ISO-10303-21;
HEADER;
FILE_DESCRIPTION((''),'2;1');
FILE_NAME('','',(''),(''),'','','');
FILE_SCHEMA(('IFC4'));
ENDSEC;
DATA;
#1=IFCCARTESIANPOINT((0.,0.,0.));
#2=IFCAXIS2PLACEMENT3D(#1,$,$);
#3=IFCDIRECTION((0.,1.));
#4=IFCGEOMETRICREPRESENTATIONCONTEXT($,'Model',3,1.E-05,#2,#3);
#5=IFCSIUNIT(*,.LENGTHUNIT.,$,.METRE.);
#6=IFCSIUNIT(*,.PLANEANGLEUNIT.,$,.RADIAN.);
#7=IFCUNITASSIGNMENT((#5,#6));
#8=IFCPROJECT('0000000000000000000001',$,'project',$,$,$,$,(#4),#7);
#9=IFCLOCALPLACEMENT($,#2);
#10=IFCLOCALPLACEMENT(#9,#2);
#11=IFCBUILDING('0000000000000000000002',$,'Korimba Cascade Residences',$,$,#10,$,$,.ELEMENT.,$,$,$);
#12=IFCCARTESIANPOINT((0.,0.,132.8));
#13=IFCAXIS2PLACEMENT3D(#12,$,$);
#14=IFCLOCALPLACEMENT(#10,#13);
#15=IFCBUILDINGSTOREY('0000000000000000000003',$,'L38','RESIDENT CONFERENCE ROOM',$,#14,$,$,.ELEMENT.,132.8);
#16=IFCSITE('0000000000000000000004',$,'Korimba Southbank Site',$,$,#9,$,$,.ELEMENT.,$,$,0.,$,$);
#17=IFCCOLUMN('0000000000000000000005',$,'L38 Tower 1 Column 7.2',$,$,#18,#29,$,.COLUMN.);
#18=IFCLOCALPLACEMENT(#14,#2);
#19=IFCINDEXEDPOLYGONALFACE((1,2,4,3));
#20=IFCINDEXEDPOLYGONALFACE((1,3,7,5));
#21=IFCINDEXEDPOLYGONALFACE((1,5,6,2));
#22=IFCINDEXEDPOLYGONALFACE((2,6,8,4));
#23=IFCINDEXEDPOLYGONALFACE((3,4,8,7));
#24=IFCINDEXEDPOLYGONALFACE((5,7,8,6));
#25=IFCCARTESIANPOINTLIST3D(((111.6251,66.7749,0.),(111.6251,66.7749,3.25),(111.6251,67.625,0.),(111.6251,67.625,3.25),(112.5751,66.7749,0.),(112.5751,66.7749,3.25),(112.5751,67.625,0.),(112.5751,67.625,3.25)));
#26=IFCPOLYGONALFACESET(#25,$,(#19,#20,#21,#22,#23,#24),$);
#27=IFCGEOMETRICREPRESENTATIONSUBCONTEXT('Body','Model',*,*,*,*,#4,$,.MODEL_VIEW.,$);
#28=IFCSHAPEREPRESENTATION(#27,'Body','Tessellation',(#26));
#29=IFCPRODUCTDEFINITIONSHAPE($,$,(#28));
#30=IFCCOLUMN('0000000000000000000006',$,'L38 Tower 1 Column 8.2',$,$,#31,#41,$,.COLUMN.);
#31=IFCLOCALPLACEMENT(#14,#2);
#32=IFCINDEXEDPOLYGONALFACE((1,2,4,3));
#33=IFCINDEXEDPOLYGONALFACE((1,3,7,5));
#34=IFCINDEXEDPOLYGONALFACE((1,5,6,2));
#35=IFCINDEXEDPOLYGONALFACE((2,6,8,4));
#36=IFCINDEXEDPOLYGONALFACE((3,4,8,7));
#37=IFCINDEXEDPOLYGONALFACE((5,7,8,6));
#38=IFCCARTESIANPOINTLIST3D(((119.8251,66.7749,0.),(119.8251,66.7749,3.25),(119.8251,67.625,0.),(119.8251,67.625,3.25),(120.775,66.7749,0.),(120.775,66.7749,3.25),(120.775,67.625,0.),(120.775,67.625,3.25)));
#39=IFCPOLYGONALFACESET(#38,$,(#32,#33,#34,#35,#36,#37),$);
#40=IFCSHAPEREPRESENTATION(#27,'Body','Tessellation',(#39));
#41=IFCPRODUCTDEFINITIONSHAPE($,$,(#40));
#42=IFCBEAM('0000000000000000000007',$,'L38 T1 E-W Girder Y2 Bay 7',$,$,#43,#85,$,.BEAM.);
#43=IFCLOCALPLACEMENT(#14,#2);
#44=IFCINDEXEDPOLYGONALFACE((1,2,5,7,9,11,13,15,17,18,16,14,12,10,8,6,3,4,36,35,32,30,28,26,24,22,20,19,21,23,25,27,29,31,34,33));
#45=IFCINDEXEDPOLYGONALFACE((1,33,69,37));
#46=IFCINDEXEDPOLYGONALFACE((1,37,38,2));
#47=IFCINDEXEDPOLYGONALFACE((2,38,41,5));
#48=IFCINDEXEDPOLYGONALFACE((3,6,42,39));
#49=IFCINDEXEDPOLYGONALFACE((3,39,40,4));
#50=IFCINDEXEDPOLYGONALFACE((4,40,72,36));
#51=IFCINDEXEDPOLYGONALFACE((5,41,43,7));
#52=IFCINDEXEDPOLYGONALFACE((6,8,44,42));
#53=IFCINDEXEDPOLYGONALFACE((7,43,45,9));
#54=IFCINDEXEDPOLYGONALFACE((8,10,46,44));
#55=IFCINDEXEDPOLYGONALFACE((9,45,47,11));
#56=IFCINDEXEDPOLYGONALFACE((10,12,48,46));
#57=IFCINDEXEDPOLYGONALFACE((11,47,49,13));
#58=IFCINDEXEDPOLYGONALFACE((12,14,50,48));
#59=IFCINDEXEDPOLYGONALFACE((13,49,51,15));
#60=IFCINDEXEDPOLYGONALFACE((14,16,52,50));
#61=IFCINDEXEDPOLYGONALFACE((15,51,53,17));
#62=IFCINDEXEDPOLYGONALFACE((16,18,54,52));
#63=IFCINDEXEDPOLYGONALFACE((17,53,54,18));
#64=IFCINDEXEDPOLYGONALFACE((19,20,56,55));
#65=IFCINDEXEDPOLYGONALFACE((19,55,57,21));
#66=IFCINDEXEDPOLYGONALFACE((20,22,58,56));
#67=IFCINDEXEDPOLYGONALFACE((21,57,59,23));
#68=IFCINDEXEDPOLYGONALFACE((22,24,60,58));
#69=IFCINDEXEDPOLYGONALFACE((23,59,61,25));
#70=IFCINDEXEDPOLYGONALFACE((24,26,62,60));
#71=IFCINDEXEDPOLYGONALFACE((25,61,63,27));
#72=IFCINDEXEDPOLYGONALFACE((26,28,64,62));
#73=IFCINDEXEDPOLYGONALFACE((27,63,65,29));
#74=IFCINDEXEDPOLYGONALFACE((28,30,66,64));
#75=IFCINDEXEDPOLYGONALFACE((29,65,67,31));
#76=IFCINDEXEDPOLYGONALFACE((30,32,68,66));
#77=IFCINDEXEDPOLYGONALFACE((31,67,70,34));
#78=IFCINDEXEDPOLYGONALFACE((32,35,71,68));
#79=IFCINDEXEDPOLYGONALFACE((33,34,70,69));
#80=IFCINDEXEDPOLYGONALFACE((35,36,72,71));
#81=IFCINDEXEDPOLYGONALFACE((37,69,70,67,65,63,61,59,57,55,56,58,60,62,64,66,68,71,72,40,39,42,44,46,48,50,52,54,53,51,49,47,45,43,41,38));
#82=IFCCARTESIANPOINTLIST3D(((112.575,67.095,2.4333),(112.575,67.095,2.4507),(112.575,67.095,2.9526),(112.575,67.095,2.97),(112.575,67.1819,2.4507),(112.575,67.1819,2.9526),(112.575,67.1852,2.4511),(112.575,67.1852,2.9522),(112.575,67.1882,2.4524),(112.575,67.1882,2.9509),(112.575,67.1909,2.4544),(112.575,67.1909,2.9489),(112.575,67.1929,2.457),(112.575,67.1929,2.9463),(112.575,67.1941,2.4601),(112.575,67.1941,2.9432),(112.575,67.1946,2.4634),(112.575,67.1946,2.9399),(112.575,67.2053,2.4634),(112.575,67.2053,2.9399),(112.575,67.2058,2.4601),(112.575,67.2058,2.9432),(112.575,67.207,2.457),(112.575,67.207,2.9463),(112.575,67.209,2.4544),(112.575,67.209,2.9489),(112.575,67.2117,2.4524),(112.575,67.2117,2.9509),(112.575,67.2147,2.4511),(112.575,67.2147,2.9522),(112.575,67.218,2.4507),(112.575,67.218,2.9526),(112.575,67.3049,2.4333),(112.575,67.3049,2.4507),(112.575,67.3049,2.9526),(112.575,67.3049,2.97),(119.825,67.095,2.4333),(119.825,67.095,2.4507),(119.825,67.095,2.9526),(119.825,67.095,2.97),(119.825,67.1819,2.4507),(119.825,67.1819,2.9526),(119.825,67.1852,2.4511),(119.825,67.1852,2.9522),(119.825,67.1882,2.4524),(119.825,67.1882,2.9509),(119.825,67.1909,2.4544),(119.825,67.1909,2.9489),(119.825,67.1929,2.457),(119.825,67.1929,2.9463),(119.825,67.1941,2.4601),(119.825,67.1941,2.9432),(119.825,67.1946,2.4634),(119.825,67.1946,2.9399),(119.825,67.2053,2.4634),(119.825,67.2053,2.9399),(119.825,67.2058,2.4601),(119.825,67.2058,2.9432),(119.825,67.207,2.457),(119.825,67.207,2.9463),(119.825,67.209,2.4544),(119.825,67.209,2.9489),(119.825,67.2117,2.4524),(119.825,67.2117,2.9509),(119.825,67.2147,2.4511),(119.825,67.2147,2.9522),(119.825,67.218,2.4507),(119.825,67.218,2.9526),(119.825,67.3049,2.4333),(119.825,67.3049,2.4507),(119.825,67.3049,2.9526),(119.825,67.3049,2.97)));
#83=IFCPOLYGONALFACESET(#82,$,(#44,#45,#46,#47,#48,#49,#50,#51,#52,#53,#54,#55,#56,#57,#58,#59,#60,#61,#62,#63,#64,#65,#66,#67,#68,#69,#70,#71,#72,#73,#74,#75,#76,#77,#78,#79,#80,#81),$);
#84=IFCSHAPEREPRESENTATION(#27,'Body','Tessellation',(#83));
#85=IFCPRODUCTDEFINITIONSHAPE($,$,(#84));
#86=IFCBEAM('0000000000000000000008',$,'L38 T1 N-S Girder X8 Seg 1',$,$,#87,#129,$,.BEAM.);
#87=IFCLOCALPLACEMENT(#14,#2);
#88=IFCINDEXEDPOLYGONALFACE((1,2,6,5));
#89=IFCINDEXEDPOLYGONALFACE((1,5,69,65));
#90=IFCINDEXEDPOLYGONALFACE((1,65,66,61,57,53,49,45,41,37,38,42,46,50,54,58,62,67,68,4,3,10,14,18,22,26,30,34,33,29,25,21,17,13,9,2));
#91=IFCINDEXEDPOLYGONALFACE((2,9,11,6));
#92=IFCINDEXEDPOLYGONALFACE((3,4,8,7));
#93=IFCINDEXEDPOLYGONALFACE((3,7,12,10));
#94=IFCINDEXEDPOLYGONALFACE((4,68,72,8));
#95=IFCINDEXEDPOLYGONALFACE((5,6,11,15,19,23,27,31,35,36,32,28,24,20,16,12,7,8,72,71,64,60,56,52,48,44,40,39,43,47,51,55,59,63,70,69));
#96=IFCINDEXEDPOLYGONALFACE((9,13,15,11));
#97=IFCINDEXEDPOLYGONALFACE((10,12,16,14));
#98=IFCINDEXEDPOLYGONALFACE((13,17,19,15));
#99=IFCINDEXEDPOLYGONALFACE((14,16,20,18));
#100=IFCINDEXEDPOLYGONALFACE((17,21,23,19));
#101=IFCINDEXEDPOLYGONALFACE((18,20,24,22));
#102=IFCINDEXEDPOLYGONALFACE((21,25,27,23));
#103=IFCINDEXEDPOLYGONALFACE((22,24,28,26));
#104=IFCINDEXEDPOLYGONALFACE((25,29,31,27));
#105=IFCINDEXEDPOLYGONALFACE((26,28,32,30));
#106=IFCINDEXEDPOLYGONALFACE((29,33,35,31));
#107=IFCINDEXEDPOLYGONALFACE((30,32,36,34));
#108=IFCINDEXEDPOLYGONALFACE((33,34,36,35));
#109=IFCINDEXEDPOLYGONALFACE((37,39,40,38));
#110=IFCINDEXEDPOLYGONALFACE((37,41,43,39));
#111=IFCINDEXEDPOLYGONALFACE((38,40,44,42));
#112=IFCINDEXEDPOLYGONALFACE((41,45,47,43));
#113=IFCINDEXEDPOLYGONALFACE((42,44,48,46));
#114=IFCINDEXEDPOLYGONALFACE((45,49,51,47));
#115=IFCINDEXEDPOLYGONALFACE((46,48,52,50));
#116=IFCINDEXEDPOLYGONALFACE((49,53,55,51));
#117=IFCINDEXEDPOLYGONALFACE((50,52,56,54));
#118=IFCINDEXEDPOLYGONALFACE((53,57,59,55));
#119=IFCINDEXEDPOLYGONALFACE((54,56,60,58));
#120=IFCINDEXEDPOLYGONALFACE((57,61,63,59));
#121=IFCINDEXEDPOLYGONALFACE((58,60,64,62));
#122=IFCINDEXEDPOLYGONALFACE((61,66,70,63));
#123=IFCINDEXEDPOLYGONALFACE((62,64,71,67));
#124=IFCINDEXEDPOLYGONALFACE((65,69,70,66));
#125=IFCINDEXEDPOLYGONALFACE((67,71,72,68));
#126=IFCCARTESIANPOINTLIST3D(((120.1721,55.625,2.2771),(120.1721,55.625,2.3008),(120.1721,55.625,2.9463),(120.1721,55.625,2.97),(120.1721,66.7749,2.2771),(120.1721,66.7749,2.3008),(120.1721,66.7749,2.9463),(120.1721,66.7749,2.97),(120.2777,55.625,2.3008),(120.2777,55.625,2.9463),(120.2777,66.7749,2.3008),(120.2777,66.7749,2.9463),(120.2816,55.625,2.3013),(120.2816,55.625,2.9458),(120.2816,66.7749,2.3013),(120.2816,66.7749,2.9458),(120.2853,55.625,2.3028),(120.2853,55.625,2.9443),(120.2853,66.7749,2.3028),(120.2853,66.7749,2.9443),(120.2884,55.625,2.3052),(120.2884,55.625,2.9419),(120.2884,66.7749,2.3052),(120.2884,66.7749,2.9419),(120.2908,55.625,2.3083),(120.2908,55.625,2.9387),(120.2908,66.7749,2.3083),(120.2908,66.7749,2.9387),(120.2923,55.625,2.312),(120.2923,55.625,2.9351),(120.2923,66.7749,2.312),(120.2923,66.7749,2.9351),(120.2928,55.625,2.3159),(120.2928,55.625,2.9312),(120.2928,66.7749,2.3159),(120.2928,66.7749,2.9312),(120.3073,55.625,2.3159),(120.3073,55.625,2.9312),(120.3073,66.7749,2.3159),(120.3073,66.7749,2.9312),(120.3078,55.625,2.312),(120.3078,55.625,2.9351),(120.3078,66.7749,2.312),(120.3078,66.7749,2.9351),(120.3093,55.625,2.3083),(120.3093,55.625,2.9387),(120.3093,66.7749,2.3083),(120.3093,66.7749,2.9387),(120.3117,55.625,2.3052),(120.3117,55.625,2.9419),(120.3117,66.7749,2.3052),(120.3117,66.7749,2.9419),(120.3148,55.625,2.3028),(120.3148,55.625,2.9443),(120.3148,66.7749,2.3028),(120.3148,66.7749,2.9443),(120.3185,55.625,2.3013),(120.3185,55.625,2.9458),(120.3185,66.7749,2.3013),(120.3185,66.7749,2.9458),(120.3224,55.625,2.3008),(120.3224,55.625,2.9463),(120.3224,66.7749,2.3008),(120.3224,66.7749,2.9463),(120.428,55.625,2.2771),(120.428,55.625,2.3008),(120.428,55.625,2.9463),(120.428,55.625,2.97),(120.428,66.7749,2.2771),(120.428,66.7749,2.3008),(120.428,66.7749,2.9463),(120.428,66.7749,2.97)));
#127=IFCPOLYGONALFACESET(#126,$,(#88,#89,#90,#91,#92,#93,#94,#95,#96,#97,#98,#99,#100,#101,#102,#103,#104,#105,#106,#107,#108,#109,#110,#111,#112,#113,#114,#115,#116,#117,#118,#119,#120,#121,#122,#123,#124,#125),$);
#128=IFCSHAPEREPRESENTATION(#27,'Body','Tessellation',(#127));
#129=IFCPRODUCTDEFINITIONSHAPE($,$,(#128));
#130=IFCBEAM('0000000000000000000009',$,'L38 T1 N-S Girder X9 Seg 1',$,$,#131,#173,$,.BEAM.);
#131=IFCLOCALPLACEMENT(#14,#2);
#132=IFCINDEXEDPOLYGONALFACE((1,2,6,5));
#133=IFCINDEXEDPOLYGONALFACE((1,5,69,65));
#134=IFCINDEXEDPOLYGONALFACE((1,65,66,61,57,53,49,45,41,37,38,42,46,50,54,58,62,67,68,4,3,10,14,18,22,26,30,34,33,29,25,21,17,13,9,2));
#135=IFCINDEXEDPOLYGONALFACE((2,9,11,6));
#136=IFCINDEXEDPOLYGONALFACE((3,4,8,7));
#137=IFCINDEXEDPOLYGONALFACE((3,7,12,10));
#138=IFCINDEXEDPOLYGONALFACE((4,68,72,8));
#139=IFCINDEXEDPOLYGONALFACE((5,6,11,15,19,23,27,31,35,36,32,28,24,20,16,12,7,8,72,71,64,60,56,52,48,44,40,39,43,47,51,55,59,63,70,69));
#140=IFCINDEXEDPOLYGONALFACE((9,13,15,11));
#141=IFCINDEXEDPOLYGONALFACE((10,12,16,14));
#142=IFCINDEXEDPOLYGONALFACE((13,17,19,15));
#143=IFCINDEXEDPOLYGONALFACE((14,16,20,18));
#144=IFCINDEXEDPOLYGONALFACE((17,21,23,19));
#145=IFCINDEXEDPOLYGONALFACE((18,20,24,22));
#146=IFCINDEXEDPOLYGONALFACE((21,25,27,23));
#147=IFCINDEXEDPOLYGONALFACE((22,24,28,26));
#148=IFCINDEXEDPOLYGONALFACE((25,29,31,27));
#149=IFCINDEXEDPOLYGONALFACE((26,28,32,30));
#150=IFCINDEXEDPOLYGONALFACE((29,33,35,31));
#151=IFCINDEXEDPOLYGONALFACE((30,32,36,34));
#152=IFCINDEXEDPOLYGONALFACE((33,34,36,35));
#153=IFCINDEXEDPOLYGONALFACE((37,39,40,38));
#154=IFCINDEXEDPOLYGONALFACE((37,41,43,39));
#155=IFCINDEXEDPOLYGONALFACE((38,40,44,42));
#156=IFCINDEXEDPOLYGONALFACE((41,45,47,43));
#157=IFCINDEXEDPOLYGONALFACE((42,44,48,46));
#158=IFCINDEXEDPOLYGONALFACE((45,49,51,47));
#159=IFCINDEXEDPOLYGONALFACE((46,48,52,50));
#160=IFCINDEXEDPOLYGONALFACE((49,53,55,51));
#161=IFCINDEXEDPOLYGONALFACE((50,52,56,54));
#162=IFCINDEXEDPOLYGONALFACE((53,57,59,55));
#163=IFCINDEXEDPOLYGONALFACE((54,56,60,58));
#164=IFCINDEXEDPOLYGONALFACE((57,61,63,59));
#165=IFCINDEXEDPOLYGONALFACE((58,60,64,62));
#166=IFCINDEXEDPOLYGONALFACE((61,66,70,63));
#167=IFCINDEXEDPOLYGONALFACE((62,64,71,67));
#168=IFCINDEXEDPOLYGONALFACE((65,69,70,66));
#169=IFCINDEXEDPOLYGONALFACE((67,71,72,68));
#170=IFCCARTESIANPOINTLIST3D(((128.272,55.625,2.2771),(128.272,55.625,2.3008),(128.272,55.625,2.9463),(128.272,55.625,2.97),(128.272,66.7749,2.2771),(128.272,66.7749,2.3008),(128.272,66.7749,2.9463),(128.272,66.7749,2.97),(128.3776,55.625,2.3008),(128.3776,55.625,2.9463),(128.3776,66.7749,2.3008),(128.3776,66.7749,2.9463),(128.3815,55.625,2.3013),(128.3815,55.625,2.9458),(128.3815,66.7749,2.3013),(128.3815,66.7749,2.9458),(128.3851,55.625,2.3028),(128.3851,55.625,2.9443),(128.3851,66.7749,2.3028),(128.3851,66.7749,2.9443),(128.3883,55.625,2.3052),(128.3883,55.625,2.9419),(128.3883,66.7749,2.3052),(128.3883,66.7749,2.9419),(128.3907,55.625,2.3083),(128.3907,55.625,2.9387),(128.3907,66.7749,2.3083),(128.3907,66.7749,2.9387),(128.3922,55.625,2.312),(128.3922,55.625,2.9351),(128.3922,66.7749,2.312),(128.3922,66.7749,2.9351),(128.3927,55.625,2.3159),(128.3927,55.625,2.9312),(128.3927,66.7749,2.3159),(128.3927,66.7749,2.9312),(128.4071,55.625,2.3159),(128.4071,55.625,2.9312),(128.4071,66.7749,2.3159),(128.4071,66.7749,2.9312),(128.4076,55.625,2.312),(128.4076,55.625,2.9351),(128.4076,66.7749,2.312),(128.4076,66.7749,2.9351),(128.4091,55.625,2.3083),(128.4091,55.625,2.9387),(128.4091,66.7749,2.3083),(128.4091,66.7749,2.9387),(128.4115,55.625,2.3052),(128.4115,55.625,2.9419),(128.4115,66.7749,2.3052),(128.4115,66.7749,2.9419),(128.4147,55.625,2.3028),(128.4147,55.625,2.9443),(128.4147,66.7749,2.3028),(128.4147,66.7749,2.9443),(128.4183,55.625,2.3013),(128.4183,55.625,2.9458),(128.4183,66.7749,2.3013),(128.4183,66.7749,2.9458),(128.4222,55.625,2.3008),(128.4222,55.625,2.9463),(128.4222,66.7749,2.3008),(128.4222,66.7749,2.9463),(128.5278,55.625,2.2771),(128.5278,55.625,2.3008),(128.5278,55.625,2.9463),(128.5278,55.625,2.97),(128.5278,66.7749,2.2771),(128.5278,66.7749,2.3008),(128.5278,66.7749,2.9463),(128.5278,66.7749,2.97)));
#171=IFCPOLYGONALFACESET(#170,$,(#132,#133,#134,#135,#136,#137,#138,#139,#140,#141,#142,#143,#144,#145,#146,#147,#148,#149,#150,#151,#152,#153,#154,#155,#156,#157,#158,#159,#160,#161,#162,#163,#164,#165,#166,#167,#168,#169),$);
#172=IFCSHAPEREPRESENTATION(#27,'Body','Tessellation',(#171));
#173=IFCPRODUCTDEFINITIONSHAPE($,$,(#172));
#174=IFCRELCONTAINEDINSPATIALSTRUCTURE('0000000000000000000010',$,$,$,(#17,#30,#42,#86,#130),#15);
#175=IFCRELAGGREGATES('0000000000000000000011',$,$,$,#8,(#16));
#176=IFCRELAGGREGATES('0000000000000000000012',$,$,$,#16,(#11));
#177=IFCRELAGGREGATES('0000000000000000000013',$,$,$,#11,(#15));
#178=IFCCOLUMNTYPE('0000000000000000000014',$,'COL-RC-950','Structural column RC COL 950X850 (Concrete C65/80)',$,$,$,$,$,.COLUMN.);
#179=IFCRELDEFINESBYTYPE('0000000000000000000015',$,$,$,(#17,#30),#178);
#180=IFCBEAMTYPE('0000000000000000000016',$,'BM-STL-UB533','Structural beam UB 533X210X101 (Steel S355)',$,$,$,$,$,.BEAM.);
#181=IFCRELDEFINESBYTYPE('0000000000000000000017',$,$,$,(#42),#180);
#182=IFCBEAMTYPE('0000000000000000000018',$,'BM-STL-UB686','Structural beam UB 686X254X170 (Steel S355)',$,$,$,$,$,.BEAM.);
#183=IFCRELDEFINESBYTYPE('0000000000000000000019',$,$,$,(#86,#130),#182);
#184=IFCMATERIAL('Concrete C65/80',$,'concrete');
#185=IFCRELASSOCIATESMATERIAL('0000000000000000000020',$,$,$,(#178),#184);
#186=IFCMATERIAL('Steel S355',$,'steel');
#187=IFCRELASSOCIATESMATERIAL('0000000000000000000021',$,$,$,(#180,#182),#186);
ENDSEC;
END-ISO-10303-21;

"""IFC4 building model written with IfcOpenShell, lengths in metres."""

from ifc_helpers import new_model, si_unit, direction, frame, origin, origin_2d, place, context, subcontext, project, spatial, rectangle, i_section, extrude, material, material_profile, profile_set, type_object, element, save


model = new_model("IFC4")

# Units and contexts
model_context = context("Model", 3, precision=1e-05, world=origin(), true_north=direction((0.0, 1.0)))
body_context = subcontext(model_context, "Body", "Model", "MODEL_VIEW")
ifc_project = project(units=[si_unit("LENGTHUNIT", "METRE"), si_unit("PLANEANGLEUNIT", "RADIAN")], contexts=[model_context])

# Site, building, storey
site_placement = place(None, origin())
site = spatial("IfcSite", under=ifc_project, at=site_placement, Name="Korimba Southbank Site", CompositionType="ELEMENT", RefElevation=0.0)
building_placement = place(site_placement, origin())
building = spatial("IfcBuilding", under=site, at=building_placement, Name="Korimba Cascade Residences", CompositionType="ELEMENT")
storey_placement = place(building_placement, frame((0.0, 0.0, 132.8)))
storey = spatial("IfcBuildingStorey", under=building, at=storey_placement, Name="L38", Description="RESIDENT CONFERENCE ROOM", CompositionType="ELEMENT", Elevation=132.8)

# Columns
ifc_material_1 = material(Name="Concrete C65/80", Category="concrete")
ifc_material_profile_1 = material_profile(ifc_material_1, rectangle(XDim=0.95, YDim=0.8501, at=origin_2d()), Name="Concrete C65/80")
ifc_profile_set_1 = profile_set([ifc_material_profile_1], Name="Concrete C65/80")
column_type = type_object("IfcColumnType", Name="COL-RC-950", Description="Structural column RC COL 950X850 (Concrete C65/80)", PredefinedType="COLUMN", material=ifc_profile_set_1)
for number, where, z_axis, x_axis, name in (
    (1, (112.1001, 67.2, 0.0), (0.0, 0.0, 1.0), (1.0, 0.0, 0.0), "L38 Tower 1 Column 7.2"),
    (2, (120.3, 67.2, 0.0), (0.0, 0.0, 1.0), (1.0, 0.0, 0.0), "L38 Tower 1 Column 8.2"),
):
    element("IfcColumn", number, at=place(storey_placement, frame(where, z_axis=z_axis, x_axis=x_axis)), inside=storey, type_object=column_type, Name=name, PredefinedType="COLUMN", context=body_context, shape_type="SweptSolid", body=[
        extrude(rectangle(XDim=0.95, YDim=0.8501, at=origin_2d()), origin(), (0.0, 0.0, 1.0), 3.25),
    ])

# Beams
ifc_material_2 = material(Name="Steel S355", Category="steel")
ifc_material_profile_2 = material_profile(ifc_material_2, i_section(OverallWidth=0.21, OverallDepth=0.5366, WebThickness=0.0107, FlangeThickness=0.0173, FilletRadius=0.0127, at=origin_2d()), Name="Steel S355")
ifc_profile_set_2 = profile_set([ifc_material_profile_2], Name="Steel S355")
beam_type_1 = type_object("IfcBeamType", Name="BM-STL-UB533", Description="Structural beam UB 533X210X101 (Steel S355)", PredefinedType="BEAM", material=ifc_profile_set_2)
beam_placement = place(storey_placement, frame((112.575, 67.2, 2.7017), z_axis=(1.0, 0.0, 0.0), x_axis=(0.0, 1.0, 0.0)))
element("IfcBeam", 3, at=beam_placement, inside=storey, type_object=beam_type_1, Name="L38 T1 E-W Girder Y2 Bay 7", PredefinedType="BEAM", context=body_context, shape_type="SweptSolid", body=[
    extrude(i_section(OverallWidth=0.21, OverallDepth=0.5366, WebThickness=0.0107, FlangeThickness=0.0173, FilletRadius=0.0127, at=origin_2d()), origin(), (0.0, 0.0, 1.0), 7.25),
])
ifc_material_profile_3 = material_profile(ifc_material_2, i_section(OverallWidth=0.2559, OverallDepth=0.6929, WebThickness=0.0144, FlangeThickness=0.0237, FilletRadius=0.0151, at=origin_2d()), Name="Steel S355")
ifc_profile_set_3 = profile_set([ifc_material_profile_3], Name="Steel S355")
beam_type_2 = type_object("IfcBeamType", Name="BM-STL-UB686", Description="Structural beam UB 686X254X170 (Steel S355)", PredefinedType="BEAM", material=ifc_profile_set_3)
for number, where, z_axis, x_axis, name in (
    (4, (120.3, 55.625, 2.6235), (0.0, 1.0, 0.0), (-1.0, 0.0, 0.0), "L38 T1 N-S Girder X8 Seg 1"),
    (5, (128.3999, 55.625, 2.6235), (0.0, 1.0, 0.0), (-1.0, 0.0, 0.0), "L38 T1 N-S Girder X9 Seg 1"),
):
    element("IfcBeam", number, at=place(storey_placement, frame(where, z_axis=z_axis, x_axis=x_axis)), inside=storey, type_object=beam_type_2, Name=name, PredefinedType="BEAM", context=body_context, shape_type="SweptSolid", body=[
        extrude(i_section(OverallWidth=0.2559, OverallDepth=0.6929, WebThickness=0.0144, FlangeThickness=0.0237, FilletRadius=0.0151, at=origin_2d()), origin(), (0.0, 0.0, 1.0), 11.1499),
    ])

save(model, "model.ifc")
